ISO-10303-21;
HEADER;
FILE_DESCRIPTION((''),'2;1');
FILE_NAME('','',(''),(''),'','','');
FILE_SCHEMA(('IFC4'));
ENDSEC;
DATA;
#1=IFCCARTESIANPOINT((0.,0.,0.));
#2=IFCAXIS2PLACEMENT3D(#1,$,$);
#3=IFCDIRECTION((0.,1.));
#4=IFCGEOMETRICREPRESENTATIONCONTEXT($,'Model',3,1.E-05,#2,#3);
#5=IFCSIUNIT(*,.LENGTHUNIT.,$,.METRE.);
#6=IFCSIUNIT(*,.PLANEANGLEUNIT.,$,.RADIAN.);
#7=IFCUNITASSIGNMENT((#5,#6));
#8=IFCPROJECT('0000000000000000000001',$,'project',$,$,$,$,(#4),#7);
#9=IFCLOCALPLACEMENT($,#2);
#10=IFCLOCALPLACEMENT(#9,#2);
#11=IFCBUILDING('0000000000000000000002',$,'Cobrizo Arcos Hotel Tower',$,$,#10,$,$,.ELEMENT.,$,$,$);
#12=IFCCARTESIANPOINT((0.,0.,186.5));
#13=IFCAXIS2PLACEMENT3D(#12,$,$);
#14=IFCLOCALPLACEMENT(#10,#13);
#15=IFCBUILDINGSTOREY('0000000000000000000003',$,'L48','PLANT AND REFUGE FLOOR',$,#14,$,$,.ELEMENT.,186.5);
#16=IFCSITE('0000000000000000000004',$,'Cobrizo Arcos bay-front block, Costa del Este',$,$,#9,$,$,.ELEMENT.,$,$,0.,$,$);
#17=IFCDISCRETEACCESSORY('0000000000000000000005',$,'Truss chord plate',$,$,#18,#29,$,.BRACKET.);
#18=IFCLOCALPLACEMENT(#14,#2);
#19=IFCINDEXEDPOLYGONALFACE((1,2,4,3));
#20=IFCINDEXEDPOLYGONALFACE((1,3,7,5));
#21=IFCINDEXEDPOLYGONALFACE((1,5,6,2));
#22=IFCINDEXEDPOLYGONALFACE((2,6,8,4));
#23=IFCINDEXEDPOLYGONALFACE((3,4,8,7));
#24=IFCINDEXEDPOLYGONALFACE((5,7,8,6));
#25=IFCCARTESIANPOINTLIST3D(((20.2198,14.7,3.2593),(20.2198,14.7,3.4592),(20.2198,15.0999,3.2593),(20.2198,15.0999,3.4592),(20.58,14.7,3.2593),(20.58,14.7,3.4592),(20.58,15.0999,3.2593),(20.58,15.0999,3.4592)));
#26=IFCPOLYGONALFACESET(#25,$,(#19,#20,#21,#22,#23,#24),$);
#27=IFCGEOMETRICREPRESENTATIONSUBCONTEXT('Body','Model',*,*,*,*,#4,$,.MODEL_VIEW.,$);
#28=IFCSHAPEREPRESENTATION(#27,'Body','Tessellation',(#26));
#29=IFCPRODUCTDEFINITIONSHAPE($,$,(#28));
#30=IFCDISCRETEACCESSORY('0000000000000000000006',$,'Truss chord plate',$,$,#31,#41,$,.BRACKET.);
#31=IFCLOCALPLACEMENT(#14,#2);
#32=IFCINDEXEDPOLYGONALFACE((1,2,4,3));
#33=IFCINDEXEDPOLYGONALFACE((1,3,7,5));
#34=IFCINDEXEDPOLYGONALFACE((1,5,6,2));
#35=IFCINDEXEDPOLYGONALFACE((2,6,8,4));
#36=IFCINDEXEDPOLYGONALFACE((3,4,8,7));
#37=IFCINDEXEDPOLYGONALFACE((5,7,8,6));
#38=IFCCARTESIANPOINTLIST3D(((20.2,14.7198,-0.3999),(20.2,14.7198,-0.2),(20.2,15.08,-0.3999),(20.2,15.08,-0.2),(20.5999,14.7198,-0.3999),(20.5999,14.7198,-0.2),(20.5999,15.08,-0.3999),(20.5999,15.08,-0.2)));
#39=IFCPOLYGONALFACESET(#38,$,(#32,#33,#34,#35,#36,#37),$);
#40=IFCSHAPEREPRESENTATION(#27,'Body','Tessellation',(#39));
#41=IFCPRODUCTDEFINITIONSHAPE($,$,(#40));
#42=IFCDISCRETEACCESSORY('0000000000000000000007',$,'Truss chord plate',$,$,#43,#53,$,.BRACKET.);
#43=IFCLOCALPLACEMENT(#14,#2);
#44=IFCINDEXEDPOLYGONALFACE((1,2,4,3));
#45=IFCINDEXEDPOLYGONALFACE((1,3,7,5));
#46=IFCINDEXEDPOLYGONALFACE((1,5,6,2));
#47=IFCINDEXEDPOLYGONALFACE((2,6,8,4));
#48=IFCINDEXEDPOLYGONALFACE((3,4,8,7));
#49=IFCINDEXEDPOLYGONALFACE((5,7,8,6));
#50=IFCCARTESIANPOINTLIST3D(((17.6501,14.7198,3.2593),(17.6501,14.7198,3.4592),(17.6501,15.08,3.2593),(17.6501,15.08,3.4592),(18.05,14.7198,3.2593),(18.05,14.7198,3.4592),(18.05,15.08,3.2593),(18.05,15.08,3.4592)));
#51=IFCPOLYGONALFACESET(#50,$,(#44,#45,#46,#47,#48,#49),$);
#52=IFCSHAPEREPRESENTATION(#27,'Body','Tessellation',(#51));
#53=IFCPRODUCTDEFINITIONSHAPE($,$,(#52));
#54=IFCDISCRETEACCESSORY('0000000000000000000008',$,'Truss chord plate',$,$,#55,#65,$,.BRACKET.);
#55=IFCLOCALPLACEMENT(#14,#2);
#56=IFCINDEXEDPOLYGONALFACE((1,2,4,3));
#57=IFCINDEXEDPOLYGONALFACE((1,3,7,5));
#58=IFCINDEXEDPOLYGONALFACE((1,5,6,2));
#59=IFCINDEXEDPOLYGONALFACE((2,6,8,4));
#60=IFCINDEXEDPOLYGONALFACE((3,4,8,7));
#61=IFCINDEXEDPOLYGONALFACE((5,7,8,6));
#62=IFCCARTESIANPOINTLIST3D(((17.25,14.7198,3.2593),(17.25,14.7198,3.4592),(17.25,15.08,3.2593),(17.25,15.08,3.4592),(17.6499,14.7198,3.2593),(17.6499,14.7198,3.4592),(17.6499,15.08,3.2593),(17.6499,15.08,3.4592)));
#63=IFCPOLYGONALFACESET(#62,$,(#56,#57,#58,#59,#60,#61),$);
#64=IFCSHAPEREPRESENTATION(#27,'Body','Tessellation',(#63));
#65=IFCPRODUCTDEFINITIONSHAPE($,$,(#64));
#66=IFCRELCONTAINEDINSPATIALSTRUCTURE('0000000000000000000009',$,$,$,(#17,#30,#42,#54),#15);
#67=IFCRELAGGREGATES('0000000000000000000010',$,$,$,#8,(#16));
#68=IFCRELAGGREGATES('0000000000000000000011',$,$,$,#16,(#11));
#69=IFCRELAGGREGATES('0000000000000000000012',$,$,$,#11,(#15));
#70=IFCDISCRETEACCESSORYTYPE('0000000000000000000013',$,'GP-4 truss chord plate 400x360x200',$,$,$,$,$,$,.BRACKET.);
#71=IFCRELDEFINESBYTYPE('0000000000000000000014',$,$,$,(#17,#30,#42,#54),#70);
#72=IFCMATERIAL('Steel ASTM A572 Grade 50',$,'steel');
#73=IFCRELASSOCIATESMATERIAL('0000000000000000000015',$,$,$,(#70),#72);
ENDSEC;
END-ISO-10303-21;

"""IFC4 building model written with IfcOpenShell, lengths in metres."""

from ifc_helpers import new_model, si_unit, direction, frame, origin, origin_2d, place, context, subcontext, project, spatial, rectangle, extrude, material, type_object, element, save


model = new_model("IFC4")

# Units and contexts
model_context = context("Model", 3, precision=1e-05, world=origin(), true_north=direction((0.0, 1.0)))
body_context = subcontext(model_context, "Body", "Model", "MODEL_VIEW")
ifc_project = project(units=[si_unit("LENGTHUNIT", "METRE"), si_unit("PLANEANGLEUNIT", "RADIAN")], contexts=[model_context])

# Site, building, storey
site_placement = place(None, origin())
site = spatial("IfcSite", under=ifc_project, at=site_placement, Name="Cobrizo Arcos bay-front block, Costa del Este", CompositionType="ELEMENT", RefElevation=0.0)
building_placement = place(site_placement, origin())
building = spatial("IfcBuilding", under=site, at=building_placement, Name="Cobrizo Arcos Hotel Tower", CompositionType="ELEMENT")
storey_placement = place(building_placement, frame((0.0, 0.0, 186.5)))
storey = spatial("IfcBuildingStorey", under=building, at=storey_placement, Name="L48", Description="PLANT AND REFUGE FLOOR", CompositionType="ELEMENT", Elevation=186.5)

# Shared definitions
ifc_material_1 = material(Name="Steel ASTM A572 Grade 50", Category="steel")

# Discrete accessories
discrete_accessory_type_1 = type_object("IfcDiscreteAccessoryType", Name="GP-4 truss chord plate 400x360x200", PredefinedType="BRACKET", material=ifc_material_1)
for number, where, z_axis, x_axis, name in (
    (1, (20.3999, 14.8999, 3.2593), (0.0, 0.0, 1.0), (0.0, 1.0, 0.0), "Truss chord plate"),
    (2, (20.3999, 14.8999, -0.3999), (0.0, 0.0, 1.0), (-1.0, 0.0, 0.0), "Truss chord plate"),
    (3, (17.8501, 14.8999, 3.2593), (0.0, 0.0, 1.0), (-1.0, 0.0, 0.0), "Truss chord plate"),
    (4, (17.45, 14.8999, 3.2593), (0.0, 0.0, 1.0), (-1.0, 0.0, 0.0), "Truss chord plate"),
):
    element("IfcDiscreteAccessory", number, at=place(storey_placement, frame(where, z_axis=z_axis, x_axis=x_axis)), inside=storey, type_object=discrete_accessory_type_1, Name=name, PredefinedType="BRACKET", context=body_context, shape_type="SweptSolid", body=[
        extrude(rectangle(XDim=0.3999, YDim=0.3601, at=origin_2d()), origin(), (0.0, 0.0, 1.0), 0.2),
    ])

save(model, "model.ifc")
